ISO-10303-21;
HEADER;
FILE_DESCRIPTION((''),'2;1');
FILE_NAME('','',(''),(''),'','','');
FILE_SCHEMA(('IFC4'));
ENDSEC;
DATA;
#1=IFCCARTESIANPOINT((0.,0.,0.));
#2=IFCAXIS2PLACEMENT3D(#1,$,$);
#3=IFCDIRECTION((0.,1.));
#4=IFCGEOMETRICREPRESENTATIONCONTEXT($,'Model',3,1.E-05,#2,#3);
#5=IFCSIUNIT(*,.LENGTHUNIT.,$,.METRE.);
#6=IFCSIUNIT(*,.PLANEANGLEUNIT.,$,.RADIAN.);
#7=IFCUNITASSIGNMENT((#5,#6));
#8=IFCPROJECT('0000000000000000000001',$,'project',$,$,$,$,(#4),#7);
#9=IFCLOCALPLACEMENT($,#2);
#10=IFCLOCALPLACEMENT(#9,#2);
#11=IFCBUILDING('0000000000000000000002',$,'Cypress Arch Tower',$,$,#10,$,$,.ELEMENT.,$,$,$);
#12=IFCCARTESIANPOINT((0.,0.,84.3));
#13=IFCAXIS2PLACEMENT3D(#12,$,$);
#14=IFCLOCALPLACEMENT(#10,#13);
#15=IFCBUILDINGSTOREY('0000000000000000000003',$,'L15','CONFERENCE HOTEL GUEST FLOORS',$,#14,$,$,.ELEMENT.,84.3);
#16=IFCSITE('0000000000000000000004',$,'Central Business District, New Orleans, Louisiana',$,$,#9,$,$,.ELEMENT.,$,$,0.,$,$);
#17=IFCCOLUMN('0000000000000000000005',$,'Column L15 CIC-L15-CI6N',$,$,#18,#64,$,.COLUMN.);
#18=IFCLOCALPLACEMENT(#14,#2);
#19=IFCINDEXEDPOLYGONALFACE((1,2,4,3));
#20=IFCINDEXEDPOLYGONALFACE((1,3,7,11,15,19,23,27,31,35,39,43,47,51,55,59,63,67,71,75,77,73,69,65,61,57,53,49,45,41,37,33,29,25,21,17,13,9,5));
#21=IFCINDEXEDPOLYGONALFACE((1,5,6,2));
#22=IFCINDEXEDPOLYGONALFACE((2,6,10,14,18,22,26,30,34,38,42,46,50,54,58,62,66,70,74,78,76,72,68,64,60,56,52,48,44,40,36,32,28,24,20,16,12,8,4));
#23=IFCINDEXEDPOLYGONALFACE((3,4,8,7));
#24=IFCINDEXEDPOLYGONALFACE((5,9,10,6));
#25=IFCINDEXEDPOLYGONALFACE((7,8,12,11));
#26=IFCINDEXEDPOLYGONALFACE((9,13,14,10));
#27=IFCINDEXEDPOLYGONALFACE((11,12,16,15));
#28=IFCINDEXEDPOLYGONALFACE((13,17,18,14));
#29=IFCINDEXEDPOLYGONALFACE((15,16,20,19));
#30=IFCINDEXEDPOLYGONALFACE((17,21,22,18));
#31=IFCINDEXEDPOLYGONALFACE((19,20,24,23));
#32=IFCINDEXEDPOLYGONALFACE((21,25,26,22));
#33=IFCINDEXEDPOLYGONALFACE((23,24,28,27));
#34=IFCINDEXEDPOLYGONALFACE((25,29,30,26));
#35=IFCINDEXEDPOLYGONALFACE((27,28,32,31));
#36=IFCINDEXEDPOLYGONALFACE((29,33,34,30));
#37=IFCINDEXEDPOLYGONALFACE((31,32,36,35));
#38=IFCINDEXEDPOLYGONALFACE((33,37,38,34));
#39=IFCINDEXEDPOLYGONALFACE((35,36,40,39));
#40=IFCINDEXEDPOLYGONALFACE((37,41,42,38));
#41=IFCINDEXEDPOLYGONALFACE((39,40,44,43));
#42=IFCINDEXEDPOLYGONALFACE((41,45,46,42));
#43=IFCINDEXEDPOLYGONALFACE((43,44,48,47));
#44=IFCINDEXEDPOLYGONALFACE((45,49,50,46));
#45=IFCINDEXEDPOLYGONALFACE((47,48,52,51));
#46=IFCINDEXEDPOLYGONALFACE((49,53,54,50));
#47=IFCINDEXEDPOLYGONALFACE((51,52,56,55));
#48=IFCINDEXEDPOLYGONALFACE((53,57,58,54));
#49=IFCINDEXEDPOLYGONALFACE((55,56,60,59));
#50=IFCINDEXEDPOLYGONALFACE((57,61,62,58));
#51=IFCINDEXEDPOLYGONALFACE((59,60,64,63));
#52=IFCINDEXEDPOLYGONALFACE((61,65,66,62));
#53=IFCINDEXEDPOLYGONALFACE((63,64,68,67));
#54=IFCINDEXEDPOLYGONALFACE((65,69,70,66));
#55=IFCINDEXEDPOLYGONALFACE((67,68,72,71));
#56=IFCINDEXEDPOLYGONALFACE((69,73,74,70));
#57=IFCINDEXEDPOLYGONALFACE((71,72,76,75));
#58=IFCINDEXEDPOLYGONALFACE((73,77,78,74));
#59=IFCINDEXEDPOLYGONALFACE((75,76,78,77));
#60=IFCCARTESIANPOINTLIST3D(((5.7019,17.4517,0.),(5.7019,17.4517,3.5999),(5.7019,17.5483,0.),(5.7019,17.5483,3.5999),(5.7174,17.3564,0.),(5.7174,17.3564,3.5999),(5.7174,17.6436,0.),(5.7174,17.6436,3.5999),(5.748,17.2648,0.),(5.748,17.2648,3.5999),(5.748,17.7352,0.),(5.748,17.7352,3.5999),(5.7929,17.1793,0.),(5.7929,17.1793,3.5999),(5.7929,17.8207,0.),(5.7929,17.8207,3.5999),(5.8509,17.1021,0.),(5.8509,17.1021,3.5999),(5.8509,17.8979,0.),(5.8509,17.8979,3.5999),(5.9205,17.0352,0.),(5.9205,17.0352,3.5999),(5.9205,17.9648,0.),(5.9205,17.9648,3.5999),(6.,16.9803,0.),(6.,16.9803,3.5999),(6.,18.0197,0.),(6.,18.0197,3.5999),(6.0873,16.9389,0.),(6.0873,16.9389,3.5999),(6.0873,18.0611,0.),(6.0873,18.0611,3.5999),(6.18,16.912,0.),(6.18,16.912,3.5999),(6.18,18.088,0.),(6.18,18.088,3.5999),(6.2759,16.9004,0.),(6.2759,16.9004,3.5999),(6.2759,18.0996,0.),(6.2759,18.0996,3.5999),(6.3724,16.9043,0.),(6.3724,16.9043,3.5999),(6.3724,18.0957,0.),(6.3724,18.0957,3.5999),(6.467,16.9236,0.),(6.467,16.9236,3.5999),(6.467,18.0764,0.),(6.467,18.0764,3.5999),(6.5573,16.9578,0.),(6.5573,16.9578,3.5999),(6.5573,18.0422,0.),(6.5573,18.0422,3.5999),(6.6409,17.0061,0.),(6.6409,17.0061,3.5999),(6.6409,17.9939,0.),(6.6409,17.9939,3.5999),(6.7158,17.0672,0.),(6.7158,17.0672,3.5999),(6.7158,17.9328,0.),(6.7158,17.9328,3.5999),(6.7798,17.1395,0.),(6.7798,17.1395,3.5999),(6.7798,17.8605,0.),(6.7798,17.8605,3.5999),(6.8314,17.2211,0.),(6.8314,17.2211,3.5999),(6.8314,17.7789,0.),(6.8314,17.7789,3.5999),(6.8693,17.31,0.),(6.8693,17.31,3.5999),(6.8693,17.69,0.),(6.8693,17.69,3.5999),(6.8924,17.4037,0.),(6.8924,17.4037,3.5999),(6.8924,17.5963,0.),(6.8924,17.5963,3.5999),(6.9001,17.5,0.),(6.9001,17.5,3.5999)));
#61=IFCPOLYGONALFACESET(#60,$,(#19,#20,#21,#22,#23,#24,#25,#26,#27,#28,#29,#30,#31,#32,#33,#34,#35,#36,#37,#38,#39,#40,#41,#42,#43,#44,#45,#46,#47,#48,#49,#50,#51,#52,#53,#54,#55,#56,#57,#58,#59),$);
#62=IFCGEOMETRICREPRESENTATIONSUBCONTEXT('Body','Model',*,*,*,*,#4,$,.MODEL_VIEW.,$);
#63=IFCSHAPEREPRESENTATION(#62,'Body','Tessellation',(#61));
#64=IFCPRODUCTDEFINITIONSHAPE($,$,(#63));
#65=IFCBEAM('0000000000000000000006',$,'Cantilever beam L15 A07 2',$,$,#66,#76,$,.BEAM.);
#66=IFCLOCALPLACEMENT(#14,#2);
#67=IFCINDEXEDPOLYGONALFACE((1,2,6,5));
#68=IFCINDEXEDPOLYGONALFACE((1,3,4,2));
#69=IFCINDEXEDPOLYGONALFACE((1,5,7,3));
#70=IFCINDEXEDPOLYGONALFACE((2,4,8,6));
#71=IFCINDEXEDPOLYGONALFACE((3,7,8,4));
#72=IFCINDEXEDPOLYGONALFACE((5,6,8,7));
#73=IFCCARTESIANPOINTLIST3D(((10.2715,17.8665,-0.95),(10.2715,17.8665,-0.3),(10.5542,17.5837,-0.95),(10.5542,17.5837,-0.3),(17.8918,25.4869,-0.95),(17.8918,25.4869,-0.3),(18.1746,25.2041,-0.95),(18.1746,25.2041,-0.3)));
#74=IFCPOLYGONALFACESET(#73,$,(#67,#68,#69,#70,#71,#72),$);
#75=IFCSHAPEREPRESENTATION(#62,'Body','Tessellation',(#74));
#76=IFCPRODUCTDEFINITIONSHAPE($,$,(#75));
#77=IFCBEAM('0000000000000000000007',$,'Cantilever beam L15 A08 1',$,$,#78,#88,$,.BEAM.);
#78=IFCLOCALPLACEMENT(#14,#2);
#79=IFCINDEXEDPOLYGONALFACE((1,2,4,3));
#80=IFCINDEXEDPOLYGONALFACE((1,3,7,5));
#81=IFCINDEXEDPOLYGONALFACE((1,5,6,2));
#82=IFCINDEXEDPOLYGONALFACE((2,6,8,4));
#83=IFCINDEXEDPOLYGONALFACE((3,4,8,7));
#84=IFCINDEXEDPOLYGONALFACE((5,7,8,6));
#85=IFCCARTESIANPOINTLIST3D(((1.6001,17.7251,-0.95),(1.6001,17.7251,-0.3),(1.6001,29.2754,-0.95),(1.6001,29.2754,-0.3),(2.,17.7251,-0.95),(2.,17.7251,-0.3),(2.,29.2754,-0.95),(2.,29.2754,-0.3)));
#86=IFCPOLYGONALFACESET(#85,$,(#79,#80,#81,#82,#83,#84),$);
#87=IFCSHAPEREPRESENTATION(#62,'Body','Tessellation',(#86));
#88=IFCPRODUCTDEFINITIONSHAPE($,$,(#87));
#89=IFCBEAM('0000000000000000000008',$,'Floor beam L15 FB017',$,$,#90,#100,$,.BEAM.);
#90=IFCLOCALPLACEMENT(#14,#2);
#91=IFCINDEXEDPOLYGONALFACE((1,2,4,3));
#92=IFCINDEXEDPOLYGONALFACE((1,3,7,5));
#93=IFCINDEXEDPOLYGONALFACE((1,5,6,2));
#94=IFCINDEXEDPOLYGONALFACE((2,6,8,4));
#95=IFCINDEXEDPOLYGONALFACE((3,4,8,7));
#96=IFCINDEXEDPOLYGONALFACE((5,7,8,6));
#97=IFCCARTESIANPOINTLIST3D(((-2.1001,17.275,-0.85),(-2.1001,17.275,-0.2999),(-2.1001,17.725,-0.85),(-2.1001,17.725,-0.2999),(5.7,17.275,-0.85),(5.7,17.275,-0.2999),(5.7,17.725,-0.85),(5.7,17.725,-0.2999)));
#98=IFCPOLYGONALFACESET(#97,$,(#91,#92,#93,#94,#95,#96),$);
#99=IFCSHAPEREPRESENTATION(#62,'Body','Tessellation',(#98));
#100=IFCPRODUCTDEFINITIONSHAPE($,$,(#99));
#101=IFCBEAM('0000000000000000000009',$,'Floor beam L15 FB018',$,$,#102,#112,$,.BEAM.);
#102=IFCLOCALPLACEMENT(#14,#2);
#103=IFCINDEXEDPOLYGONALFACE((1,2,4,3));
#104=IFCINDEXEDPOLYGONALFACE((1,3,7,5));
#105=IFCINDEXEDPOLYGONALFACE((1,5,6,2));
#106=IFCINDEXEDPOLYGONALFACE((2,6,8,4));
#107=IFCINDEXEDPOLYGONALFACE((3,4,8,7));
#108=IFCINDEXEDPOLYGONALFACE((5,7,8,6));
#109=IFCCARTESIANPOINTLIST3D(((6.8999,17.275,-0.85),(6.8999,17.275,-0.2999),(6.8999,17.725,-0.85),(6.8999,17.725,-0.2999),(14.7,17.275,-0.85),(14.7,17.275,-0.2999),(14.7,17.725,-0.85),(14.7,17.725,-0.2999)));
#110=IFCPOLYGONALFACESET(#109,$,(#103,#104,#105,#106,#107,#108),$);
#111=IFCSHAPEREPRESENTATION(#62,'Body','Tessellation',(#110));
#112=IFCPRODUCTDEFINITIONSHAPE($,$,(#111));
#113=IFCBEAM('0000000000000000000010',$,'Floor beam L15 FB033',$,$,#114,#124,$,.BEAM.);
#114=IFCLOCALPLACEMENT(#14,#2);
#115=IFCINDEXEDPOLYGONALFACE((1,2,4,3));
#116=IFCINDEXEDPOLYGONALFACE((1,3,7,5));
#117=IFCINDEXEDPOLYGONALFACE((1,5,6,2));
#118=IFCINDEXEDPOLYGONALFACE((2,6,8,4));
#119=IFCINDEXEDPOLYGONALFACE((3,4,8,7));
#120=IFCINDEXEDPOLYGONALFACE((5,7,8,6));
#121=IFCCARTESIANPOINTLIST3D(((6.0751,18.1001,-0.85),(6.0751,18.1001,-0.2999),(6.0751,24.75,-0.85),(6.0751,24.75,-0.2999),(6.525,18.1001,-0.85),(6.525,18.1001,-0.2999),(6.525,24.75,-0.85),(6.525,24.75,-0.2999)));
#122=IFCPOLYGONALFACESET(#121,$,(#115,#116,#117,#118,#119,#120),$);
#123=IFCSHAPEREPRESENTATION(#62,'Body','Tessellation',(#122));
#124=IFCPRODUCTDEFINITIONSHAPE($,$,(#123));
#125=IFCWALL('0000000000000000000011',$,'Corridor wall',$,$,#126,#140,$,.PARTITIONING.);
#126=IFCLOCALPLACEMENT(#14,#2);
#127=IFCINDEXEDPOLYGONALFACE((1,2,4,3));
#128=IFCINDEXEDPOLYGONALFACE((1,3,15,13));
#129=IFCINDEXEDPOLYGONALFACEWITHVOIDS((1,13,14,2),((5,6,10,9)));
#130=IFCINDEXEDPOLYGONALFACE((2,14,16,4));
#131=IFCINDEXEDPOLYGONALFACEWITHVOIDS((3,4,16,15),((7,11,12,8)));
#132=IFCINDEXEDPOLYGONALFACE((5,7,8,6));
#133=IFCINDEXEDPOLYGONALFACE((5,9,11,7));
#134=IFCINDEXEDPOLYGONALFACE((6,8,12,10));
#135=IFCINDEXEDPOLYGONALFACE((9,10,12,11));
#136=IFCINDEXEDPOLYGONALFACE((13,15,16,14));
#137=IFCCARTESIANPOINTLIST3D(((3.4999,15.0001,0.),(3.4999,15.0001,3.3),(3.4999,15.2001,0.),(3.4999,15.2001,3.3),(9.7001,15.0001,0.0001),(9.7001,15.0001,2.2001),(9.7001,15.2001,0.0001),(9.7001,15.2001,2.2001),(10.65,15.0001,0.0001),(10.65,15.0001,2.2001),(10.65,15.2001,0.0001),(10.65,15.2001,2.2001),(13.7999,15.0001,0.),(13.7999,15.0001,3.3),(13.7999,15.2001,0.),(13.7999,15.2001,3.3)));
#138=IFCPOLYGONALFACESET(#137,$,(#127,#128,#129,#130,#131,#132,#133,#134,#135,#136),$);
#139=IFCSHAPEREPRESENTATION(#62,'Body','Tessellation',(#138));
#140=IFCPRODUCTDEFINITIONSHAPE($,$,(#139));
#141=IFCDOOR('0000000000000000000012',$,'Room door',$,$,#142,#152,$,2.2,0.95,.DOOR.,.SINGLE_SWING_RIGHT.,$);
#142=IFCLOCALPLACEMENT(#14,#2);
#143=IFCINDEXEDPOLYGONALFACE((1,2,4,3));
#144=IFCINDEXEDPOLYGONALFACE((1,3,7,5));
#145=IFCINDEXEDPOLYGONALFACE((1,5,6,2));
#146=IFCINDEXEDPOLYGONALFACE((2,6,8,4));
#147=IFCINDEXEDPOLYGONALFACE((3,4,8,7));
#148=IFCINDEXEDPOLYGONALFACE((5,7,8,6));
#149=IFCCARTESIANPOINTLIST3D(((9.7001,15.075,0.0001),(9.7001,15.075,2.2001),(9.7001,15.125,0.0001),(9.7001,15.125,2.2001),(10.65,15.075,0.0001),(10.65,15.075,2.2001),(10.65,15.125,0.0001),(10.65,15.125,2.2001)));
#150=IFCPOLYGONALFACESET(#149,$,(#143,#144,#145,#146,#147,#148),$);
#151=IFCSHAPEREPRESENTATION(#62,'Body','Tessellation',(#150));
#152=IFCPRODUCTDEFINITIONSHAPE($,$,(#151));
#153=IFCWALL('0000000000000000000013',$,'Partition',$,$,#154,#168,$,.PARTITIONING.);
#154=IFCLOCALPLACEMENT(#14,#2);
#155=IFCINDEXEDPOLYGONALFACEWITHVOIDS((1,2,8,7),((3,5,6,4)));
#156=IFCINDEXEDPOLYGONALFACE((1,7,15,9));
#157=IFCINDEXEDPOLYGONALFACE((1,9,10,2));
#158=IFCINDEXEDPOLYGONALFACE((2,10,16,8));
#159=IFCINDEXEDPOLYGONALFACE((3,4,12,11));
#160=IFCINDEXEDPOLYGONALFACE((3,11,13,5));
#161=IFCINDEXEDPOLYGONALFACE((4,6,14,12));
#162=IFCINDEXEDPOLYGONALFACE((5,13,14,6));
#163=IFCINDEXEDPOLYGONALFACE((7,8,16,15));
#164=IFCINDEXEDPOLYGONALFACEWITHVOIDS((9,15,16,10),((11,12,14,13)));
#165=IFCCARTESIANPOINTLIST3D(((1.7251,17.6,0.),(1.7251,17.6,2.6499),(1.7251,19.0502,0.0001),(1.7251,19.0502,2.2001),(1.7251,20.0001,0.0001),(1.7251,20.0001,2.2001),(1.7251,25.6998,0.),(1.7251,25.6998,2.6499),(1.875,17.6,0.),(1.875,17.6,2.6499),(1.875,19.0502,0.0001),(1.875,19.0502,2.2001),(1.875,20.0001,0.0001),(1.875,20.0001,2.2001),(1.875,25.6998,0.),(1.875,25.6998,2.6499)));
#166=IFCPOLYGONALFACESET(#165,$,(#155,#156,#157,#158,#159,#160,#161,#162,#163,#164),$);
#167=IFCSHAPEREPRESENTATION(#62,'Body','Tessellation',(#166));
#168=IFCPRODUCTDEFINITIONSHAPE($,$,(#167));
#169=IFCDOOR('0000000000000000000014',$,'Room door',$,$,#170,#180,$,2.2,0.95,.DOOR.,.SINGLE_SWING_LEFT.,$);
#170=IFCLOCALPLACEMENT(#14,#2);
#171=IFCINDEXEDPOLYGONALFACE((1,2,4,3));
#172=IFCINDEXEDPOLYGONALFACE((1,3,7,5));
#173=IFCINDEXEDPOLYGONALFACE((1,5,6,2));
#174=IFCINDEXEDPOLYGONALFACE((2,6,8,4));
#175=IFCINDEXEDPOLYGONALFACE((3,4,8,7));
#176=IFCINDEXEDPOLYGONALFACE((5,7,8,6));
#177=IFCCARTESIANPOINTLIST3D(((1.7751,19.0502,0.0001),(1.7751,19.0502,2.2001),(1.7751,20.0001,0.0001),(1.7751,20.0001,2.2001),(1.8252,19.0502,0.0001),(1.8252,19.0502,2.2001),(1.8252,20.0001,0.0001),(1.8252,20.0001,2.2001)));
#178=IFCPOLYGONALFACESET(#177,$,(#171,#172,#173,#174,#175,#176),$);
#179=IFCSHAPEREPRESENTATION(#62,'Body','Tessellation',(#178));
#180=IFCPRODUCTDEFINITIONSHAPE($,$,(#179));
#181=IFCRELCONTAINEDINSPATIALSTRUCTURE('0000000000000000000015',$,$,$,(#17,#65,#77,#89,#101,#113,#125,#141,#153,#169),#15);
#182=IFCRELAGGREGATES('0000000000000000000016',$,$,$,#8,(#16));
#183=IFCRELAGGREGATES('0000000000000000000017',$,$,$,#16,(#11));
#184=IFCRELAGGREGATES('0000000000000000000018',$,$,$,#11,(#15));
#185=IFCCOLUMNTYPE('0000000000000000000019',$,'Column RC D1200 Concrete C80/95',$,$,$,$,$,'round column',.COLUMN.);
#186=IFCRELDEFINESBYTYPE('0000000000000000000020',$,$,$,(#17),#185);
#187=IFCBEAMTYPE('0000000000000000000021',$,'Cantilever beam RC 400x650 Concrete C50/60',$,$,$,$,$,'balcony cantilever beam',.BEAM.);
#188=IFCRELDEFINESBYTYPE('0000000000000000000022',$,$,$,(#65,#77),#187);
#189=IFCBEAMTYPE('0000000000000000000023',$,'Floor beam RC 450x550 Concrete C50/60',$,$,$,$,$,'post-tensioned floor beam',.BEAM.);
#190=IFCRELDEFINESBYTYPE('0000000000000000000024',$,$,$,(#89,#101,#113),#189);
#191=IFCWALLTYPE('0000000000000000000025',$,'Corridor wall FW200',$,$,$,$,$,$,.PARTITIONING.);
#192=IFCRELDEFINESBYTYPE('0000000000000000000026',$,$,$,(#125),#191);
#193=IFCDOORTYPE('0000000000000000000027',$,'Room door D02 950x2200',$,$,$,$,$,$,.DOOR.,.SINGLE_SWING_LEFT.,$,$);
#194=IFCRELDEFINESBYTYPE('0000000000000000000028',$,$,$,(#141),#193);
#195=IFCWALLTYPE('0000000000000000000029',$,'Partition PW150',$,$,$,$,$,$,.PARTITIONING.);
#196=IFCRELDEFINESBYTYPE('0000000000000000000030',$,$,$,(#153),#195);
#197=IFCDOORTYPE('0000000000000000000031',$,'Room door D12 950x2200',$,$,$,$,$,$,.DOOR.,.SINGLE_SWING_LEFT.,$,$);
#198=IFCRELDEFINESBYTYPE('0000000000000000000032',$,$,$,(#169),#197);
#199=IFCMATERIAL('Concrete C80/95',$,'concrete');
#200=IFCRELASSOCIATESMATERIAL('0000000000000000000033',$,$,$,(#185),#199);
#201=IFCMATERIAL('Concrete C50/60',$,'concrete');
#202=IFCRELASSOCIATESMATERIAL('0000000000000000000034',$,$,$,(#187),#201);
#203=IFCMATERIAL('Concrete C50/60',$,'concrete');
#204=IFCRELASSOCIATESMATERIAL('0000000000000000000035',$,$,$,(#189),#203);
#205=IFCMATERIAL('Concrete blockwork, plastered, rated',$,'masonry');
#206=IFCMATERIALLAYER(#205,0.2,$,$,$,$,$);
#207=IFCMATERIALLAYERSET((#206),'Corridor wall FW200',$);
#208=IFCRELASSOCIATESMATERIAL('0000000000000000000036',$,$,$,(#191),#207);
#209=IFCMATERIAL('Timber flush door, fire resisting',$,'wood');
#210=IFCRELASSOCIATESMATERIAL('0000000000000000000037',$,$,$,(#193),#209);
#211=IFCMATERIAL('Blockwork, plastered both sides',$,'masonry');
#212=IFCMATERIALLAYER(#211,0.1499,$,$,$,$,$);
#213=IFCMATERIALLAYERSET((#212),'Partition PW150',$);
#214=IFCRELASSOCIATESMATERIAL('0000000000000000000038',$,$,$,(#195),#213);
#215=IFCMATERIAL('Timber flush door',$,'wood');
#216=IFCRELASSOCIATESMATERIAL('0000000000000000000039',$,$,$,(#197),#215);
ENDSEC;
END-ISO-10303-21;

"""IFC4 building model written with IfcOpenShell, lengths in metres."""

from ifc_helpers import new_model, si_unit, direction, frame, frame_2d, origin, origin_2d, place, context, subcontext, project, spatial, rectangle, circle, extrude, material, layer, layer_set, material_profile, profile_set, type_object, element, fill, save


model = new_model("IFC4")

# Units and contexts
model_context = context("Model", 3, precision=1e-05, world=origin(), true_north=direction((0.0, 1.0)))
body_context = subcontext(model_context, "Body", "Model", "MODEL_VIEW")
ifc_project = project(units=[si_unit("LENGTHUNIT", "METRE"), si_unit("PLANEANGLEUNIT", "RADIAN")], contexts=[model_context])

# Site, building, storey
site_placement = place(None, origin())
site = spatial("IfcSite", under=ifc_project, at=site_placement, Name="Central Business District, New Orleans, Louisiana", CompositionType="ELEMENT", RefElevation=0.0)
building_placement = place(site_placement, origin())
building = spatial("IfcBuilding", under=site, at=building_placement, Name="Cypress Arch Tower", CompositionType="ELEMENT")
storey_placement = place(building_placement, frame((0.0, 0.0, 84.3)))
storey = spatial("IfcBuildingStorey", under=building, at=storey_placement, Name="L15", Description="CONFERENCE HOTEL GUEST FLOORS", CompositionType="ELEMENT", Elevation=84.3)

# Column
ifc_material_1 = material(Name="Concrete C80/95", Category="concrete")
ifc_material_profile_1 = material_profile(ifc_material_1, circle(Radius=0.6001, at=origin_2d()), Name="RC D1200")
ifc_profile_set_1 = profile_set([ifc_material_profile_1], Name="Concrete C80/95")
column_type = type_object("IfcColumnType", Name="Column RC D1200 Concrete C80/95", ElementType="round column", PredefinedType="COLUMN", material=ifc_profile_set_1)
column_placement = place(storey_placement, frame((6.3, 17.5, 0.0), z_axis=(0.0, 0.0, 1.0), x_axis=(1.0, 0.0, 0.0)))
element("IfcColumn", 1, at=column_placement, inside=storey, type_object=column_type, Name="Column L15 CIC-L15-CI6N", PredefinedType="COLUMN", context=body_context, shape_type="SweptSolid", body=[
    extrude(circle(Radius=0.6001, at=origin_2d()), origin(), (0.0, 0.0, 1.0), 3.5999),
])

# Beams
ifc_material_2 = material(Name="Concrete C50/60", Category="concrete")
ifc_material_profile_2 = material_profile(ifc_material_2, rectangle(XDim=0.3999, YDim=0.6499, at=origin_2d()), Name="RC 400x650")
ifc_profile_set_2 = profile_set([ifc_material_profile_2], Name="Concrete C50/60")
beam_type_1 = type_object("IfcBeamType", Name="Cantilever beam RC 400x650 Concrete C50/60", ElementType="balcony cantilever beam", PredefinedType="BEAM", material=ifc_profile_set_2)
beam_1_placement = place(storey_placement, frame((10.4128, 17.7251, -0.625), z_axis=(0.707107, 0.707107, 0.0), x_axis=(-0.707107, 0.707107, 0.0)))
element("IfcBeam", 2, at=beam_1_placement, inside=storey, type_object=beam_type_1, Name="Cantilever beam L15 A07 2", PredefinedType="BEAM", context=body_context, shape_type="SweptSolid", body=[
    extrude(rectangle(XDim=0.3999, YDim=0.6499, at=origin_2d()), origin(), (0.0, 0.0, 1.0), 10.7769),
])
beam_2_placement = place(storey_placement, frame((1.8, 17.7251, -0.625), z_axis=(0.0, 1.0, 0.0), x_axis=(-1.0, 0.0, 0.0)))
element("IfcBeam", 3, at=beam_2_placement, inside=storey, type_object=beam_type_1, Name="Cantilever beam L15 A08 1", PredefinedType="BEAM", context=body_context, shape_type="SweptSolid", body=[
    extrude(rectangle(XDim=0.3999, YDim=0.6499, at=origin_2d()), origin(), (0.0, 0.0, 1.0), 11.5503),
])
ifc_material_3 = material(Name="Concrete C50/60", Category="concrete")
ifc_material_profile_3 = material_profile(ifc_material_3, rectangle(XDim=0.45, YDim=0.55, at=origin_2d()), Name="RC 450x550")
ifc_profile_set_3 = profile_set([ifc_material_profile_3], Name="Concrete C50/60")
beam_type_2 = type_object("IfcBeamType", Name="Floor beam RC 450x550 Concrete C50/60", ElementType="post-tensioned floor beam", PredefinedType="BEAM", material=ifc_profile_set_3)
for number, where, z_axis, x_axis, name in (
    (4, (-2.1001, 17.5, -0.575), (1.0, 0.0, 0.0), (0.0, 1.0, 0.0), "Floor beam L15 FB017"),
    (5, (6.8999, 17.5, -0.575), (1.0, 0.0, 0.0), (0.0, 1.0, 0.0), "Floor beam L15 FB018"),
):
    element("IfcBeam", number, at=place(storey_placement, frame(where, z_axis=z_axis, x_axis=x_axis)), inside=storey, type_object=beam_type_2, Name=name, PredefinedType="BEAM", context=body_context, shape_type="SweptSolid", body=[
        extrude(rectangle(XDim=0.45, YDim=0.55, at=origin_2d()), origin(), (0.0, 0.0, 1.0), 7.8),
    ])
beam_3_placement = place(storey_placement, frame((6.3, 18.1001, -0.575), z_axis=(0.0, 1.0, 0.0), x_axis=(-1.0, 0.0, 0.0)))
element("IfcBeam", 6, at=beam_3_placement, inside=storey, type_object=beam_type_2, Name="Floor beam L15 FB033", PredefinedType="BEAM", context=body_context, shape_type="SweptSolid", body=[
    extrude(rectangle(XDim=0.45, YDim=0.55, at=origin_2d()), origin(), (0.0, 0.0, 1.0), 6.6499),
])

# Walls, openings, doors
ifc_material_4 = material(Name="Concrete blockwork, plastered, rated", Category="masonry")
ifc_layer_1 = layer(ifc_material_4, 0.2)
ifc_layer_set_1 = layer_set([ifc_layer_1], Name="Corridor wall FW200")
wall_type_1 = type_object("IfcWallType", Name="Corridor wall FW200", PredefinedType="PARTITIONING", material=ifc_layer_set_1)
wall_1_placement = place(storey_placement, frame((3.5, 15.1001, 0.0), z_axis=(0.0, 0.0, 1.0), x_axis=(1.0, 0.0, 0.0)))
wall_1 = element("IfcWall", 7, at=wall_1_placement, inside=storey, type_object=wall_type_1, Name="Corridor wall", PredefinedType="PARTITIONING", context=body_context, shape_type="SweptSolid", body=[
    extrude(rectangle(XDim=10.3, YDim=0.2, at=frame_2d((5.1499, 0.0))), origin(), (0.0, 0.0, 1.0), 3.3),
])
opening_1_placement = place(wall_1_placement, frame((6.2, 0.0, 0.0)))
opening_1 = element("IfcOpeningElement", 8, at=opening_1_placement, cuts=wall_1, PredefinedType="OPENING", context=body_context, shape_type="SweptSolid", body=[
    extrude(rectangle(XDim=0.95, YDim=2.2, at=frame_2d((0.4751, 1.1001))), frame((0.0, 0.1099, 0.0), z_axis=(0.0, -1.0, 0.0), x_axis=(1.0, 0.0, 0.0)), (0.0, 0.0, 1.0), 0.22),
])
ifc_material_5 = material(Name="Timber flush door, fire resisting", Category="wood")
door_type_1 = type_object("IfcDoorType", Name="Room door D02 950x2200", OperationType="SINGLE_SWING_LEFT", PredefinedType="DOOR", material=ifc_material_5)
door_1_placement = place(opening_1_placement, origin())
door_1 = element("IfcDoor", 9, at=door_1_placement, inside=storey, type_object=door_type_1, Name="Room door", OperationType="SINGLE_SWING_RIGHT", OverallHeight=2.2, OverallWidth=0.95, PredefinedType="DOOR", context=body_context, shape_type="SweptSolid", body=[
    extrude(rectangle(XDim=0.95, YDim=2.2, at=frame_2d((0.4751, 1.1001))), frame((0.0, 0.0249, 0.0), z_axis=(0.0, -1.0, 0.0), x_axis=(1.0, 0.0, 0.0)), (0.0, 0.0, 1.0), 0.05),
])
fill(opening_1, door_1)
ifc_material_6 = material(Name="Blockwork, plastered both sides", Category="masonry")
ifc_layer_2 = layer(ifc_material_6, 0.1499)
ifc_layer_set_2 = layer_set([ifc_layer_2], Name="Partition PW150")
wall_type_2 = type_object("IfcWallType", Name="Partition PW150", PredefinedType="PARTITIONING", material=ifc_layer_set_2)
wall_2_placement = place(storey_placement, frame((1.8, 17.6001, 0.0), z_axis=(0.0, 0.0, 1.0), x_axis=(0.0, 1.0, 0.0)))
wall_2 = element("IfcWall", 10, at=wall_2_placement, inside=storey, type_object=wall_type_2, Name="Partition", PredefinedType="PARTITIONING", context=body_context, shape_type="SweptSolid", body=[
    extrude(rectangle(XDim=8.0999, YDim=0.1499, at=frame_2d((4.0498, 0.0))), origin(), (0.0, 0.0, 1.0), 2.6499),
])
opening_2_placement = place(wall_2_placement, frame((1.45, 0.0, 0.0)))
opening_2 = element("IfcOpeningElement", 11, at=opening_2_placement, cuts=wall_2, PredefinedType="OPENING", context=body_context, shape_type="SweptSolid", body=[
    extrude(rectangle(XDim=0.95, YDim=2.2, at=frame_2d((0.4751, 1.1001))), frame((0.0, 0.085, 0.0), z_axis=(0.0, -1.0, 0.0), x_axis=(1.0, 0.0, 0.0)), (0.0, 0.0, 1.0), 0.1699),
])
ifc_material_7 = material(Name="Timber flush door", Category="wood")
door_type_2 = type_object("IfcDoorType", Name="Room door D12 950x2200", OperationType="SINGLE_SWING_LEFT", PredefinedType="DOOR", material=ifc_material_7)
door_2_placement = place(opening_2_placement, origin())
door_2 = element("IfcDoor", 12, at=door_2_placement, inside=storey, type_object=door_type_2, Name="Room door", OperationType="SINGLE_SWING_LEFT", OverallHeight=2.2, OverallWidth=0.95, PredefinedType="DOOR", context=body_context, shape_type="SweptSolid", body=[
    extrude(rectangle(XDim=0.95, YDim=2.2, at=frame_2d((0.4751, 1.1001))), frame((0.0, 0.0249, 0.0), z_axis=(0.0, -1.0, 0.0), x_axis=(1.0, 0.0, 0.0)), (0.0, 0.0, 1.0), 0.05),
])
fill(opening_2, door_2)

save(model, "model.ifc")
